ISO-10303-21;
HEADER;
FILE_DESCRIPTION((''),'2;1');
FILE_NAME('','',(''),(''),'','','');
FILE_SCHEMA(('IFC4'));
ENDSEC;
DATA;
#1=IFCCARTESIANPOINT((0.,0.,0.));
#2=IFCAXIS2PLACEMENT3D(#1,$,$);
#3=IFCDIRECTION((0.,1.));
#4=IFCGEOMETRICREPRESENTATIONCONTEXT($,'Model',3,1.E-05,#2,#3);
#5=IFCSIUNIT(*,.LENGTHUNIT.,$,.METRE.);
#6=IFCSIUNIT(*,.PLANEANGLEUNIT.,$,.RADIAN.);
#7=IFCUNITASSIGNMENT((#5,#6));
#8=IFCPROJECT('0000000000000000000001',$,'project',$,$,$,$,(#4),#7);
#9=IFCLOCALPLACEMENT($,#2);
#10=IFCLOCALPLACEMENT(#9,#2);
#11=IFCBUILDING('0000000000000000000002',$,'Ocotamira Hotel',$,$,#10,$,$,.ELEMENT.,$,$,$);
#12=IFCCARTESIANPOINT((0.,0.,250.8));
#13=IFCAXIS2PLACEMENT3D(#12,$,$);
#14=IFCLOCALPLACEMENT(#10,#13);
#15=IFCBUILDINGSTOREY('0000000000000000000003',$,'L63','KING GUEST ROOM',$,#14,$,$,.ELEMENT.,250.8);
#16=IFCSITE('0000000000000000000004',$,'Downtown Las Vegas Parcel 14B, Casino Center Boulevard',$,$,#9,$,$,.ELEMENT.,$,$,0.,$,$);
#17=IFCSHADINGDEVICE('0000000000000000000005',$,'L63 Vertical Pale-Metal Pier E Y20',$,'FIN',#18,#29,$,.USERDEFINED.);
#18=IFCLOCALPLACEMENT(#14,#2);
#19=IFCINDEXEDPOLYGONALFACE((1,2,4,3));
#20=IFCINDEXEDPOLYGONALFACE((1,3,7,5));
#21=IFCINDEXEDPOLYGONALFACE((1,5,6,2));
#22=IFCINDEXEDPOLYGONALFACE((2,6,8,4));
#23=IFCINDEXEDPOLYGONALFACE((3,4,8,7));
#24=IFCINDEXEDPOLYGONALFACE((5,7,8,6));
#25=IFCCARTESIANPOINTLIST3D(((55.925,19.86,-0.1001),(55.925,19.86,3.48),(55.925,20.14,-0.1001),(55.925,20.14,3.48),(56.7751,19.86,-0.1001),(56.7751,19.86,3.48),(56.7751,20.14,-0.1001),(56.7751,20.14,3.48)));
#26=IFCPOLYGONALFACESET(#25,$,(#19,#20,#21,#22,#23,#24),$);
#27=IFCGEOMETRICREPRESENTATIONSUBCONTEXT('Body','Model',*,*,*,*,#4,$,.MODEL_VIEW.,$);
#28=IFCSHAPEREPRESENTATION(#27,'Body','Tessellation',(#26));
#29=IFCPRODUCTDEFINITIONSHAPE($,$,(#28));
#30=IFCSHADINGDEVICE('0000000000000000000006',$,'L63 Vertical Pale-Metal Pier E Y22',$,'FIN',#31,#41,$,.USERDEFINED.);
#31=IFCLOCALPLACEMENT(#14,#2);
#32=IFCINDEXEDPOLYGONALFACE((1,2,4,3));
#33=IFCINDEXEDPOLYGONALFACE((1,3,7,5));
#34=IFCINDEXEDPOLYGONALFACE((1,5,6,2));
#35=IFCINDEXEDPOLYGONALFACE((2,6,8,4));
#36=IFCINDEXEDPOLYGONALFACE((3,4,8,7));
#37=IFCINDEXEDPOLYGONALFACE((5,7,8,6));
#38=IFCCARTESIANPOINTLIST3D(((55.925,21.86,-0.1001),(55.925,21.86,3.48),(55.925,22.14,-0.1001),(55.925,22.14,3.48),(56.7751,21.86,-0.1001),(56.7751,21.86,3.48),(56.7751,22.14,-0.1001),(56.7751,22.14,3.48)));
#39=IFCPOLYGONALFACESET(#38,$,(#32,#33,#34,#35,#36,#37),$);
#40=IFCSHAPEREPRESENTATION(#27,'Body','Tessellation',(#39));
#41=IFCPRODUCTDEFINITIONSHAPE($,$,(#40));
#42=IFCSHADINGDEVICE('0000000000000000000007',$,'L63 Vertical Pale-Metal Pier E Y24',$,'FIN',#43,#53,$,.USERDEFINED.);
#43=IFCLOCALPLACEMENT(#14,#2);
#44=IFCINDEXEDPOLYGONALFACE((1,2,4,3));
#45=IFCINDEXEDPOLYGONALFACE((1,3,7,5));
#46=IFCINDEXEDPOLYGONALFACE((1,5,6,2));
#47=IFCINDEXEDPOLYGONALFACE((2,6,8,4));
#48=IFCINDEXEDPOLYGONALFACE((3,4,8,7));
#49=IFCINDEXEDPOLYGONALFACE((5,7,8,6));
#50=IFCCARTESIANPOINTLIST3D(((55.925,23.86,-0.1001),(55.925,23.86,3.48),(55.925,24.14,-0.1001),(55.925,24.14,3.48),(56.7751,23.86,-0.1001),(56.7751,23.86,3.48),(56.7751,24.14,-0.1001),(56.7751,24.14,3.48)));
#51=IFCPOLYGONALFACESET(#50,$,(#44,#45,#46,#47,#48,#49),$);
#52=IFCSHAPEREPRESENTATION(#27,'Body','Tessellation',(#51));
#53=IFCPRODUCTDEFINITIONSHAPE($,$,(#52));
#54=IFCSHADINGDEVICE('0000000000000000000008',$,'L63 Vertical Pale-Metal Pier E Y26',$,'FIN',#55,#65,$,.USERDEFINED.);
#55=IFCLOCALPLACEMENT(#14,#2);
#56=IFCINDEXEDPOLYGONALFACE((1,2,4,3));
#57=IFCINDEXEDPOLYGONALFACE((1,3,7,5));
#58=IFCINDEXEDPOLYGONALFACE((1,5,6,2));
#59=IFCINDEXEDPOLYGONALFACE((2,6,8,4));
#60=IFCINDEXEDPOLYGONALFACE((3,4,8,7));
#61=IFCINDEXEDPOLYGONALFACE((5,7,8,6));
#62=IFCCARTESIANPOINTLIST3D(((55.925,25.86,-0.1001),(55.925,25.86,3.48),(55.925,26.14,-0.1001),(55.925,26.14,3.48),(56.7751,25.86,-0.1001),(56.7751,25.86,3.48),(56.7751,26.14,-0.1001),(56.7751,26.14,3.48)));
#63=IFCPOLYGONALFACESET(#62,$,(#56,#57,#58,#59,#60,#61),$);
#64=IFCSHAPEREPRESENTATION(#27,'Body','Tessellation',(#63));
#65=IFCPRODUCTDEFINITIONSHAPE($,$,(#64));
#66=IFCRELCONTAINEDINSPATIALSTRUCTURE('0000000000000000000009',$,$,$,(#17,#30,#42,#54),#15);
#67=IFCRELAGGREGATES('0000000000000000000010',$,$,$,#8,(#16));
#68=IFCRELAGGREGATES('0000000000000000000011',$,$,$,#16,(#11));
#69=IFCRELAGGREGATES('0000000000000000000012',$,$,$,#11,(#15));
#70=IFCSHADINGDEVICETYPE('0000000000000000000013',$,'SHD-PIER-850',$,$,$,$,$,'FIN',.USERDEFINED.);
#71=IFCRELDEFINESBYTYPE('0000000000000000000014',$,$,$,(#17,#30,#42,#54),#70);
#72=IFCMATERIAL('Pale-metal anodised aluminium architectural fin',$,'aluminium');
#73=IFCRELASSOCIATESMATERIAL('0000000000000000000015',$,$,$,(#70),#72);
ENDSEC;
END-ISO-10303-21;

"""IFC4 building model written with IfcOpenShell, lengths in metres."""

from ifc_helpers import new_model, si_unit, direction, frame, origin, origin_2d, place, context, subcontext, project, spatial, rectangle, extrude, source, transform, mapped, material, type_object, element, save


model = new_model("IFC4")

# Units and contexts
model_context = context("Model", 3, precision=1e-05, world=origin(), true_north=direction((0.0, 1.0)))
body_context = subcontext(model_context, "Body", "Model", "MODEL_VIEW")
ifc_project = project(units=[si_unit("LENGTHUNIT", "METRE"), si_unit("PLANEANGLEUNIT", "RADIAN")], contexts=[model_context])

# Site, building, storey
site_placement = place(None, origin())
site = spatial("IfcSite", under=ifc_project, at=site_placement, Name="Downtown Las Vegas Parcel 14B, Casino Center Boulevard", CompositionType="ELEMENT", RefElevation=0.0)
building_placement = place(site_placement, origin())
building = spatial("IfcBuilding", under=site, at=building_placement, Name="Ocotamira Hotel", CompositionType="ELEMENT")
storey_placement = place(building_placement, frame((0.0, 0.0, 250.8)))
storey = spatial("IfcBuildingStorey", under=building, at=storey_placement, Name="L63", Description="KING GUEST ROOM", CompositionType="ELEMENT", Elevation=250.8)

# Shading devices
ifc_material_1 = material(Name="Pale-metal anodised aluminium architectural fin", Category="aluminium")
shading_device_type = type_object("IfcShadingDeviceType", Name="SHD-PIER-850", ElementType="FIN", PredefinedType="USERDEFINED", material=ifc_material_1)
shared_shape_1 = source(origin(), body_context, "Body", "SweptSolid", [
    extrude(rectangle(XDim=0.8501, YDim=0.28, at=origin_2d()), origin(), (0.0, 0.0, 1.0), 3.5801),
])
for number, where, z_axis, x_axis, name in (
    (1, (56.3501, 20.0, -0.1001), (0.0, 0.0, 1.0), (1.0, 0.0, 0.0), "L63 Vertical Pale-Metal Pier E Y20"),
    (2, (56.3501, 22.0, -0.1001), (0.0, 0.0, 1.0), (1.0, 0.0, 0.0), "L63 Vertical Pale-Metal Pier E Y22"),
    (3, (56.3501, 24.0, -0.1001), (0.0, 0.0, 1.0), (1.0, 0.0, 0.0), "L63 Vertical Pale-Metal Pier E Y24"),
    (4, (56.3501, 26.0, -0.1001), (0.0, 0.0, 1.0), (1.0, 0.0, 0.0), "L63 Vertical Pale-Metal Pier E Y26"),
):
    element("IfcShadingDevice", number, at=place(storey_placement, frame(where, z_axis=z_axis, x_axis=x_axis)), inside=storey, type_object=shading_device_type, Name=name, ObjectType="FIN", PredefinedType="USERDEFINED", context=body_context, shape_type="MappedRepresentation", body=[
        mapped(shared_shape_1, transform((0.0, 0.0, 0.0), scale=1.0)),
    ])

save(model, "model.ifc")
